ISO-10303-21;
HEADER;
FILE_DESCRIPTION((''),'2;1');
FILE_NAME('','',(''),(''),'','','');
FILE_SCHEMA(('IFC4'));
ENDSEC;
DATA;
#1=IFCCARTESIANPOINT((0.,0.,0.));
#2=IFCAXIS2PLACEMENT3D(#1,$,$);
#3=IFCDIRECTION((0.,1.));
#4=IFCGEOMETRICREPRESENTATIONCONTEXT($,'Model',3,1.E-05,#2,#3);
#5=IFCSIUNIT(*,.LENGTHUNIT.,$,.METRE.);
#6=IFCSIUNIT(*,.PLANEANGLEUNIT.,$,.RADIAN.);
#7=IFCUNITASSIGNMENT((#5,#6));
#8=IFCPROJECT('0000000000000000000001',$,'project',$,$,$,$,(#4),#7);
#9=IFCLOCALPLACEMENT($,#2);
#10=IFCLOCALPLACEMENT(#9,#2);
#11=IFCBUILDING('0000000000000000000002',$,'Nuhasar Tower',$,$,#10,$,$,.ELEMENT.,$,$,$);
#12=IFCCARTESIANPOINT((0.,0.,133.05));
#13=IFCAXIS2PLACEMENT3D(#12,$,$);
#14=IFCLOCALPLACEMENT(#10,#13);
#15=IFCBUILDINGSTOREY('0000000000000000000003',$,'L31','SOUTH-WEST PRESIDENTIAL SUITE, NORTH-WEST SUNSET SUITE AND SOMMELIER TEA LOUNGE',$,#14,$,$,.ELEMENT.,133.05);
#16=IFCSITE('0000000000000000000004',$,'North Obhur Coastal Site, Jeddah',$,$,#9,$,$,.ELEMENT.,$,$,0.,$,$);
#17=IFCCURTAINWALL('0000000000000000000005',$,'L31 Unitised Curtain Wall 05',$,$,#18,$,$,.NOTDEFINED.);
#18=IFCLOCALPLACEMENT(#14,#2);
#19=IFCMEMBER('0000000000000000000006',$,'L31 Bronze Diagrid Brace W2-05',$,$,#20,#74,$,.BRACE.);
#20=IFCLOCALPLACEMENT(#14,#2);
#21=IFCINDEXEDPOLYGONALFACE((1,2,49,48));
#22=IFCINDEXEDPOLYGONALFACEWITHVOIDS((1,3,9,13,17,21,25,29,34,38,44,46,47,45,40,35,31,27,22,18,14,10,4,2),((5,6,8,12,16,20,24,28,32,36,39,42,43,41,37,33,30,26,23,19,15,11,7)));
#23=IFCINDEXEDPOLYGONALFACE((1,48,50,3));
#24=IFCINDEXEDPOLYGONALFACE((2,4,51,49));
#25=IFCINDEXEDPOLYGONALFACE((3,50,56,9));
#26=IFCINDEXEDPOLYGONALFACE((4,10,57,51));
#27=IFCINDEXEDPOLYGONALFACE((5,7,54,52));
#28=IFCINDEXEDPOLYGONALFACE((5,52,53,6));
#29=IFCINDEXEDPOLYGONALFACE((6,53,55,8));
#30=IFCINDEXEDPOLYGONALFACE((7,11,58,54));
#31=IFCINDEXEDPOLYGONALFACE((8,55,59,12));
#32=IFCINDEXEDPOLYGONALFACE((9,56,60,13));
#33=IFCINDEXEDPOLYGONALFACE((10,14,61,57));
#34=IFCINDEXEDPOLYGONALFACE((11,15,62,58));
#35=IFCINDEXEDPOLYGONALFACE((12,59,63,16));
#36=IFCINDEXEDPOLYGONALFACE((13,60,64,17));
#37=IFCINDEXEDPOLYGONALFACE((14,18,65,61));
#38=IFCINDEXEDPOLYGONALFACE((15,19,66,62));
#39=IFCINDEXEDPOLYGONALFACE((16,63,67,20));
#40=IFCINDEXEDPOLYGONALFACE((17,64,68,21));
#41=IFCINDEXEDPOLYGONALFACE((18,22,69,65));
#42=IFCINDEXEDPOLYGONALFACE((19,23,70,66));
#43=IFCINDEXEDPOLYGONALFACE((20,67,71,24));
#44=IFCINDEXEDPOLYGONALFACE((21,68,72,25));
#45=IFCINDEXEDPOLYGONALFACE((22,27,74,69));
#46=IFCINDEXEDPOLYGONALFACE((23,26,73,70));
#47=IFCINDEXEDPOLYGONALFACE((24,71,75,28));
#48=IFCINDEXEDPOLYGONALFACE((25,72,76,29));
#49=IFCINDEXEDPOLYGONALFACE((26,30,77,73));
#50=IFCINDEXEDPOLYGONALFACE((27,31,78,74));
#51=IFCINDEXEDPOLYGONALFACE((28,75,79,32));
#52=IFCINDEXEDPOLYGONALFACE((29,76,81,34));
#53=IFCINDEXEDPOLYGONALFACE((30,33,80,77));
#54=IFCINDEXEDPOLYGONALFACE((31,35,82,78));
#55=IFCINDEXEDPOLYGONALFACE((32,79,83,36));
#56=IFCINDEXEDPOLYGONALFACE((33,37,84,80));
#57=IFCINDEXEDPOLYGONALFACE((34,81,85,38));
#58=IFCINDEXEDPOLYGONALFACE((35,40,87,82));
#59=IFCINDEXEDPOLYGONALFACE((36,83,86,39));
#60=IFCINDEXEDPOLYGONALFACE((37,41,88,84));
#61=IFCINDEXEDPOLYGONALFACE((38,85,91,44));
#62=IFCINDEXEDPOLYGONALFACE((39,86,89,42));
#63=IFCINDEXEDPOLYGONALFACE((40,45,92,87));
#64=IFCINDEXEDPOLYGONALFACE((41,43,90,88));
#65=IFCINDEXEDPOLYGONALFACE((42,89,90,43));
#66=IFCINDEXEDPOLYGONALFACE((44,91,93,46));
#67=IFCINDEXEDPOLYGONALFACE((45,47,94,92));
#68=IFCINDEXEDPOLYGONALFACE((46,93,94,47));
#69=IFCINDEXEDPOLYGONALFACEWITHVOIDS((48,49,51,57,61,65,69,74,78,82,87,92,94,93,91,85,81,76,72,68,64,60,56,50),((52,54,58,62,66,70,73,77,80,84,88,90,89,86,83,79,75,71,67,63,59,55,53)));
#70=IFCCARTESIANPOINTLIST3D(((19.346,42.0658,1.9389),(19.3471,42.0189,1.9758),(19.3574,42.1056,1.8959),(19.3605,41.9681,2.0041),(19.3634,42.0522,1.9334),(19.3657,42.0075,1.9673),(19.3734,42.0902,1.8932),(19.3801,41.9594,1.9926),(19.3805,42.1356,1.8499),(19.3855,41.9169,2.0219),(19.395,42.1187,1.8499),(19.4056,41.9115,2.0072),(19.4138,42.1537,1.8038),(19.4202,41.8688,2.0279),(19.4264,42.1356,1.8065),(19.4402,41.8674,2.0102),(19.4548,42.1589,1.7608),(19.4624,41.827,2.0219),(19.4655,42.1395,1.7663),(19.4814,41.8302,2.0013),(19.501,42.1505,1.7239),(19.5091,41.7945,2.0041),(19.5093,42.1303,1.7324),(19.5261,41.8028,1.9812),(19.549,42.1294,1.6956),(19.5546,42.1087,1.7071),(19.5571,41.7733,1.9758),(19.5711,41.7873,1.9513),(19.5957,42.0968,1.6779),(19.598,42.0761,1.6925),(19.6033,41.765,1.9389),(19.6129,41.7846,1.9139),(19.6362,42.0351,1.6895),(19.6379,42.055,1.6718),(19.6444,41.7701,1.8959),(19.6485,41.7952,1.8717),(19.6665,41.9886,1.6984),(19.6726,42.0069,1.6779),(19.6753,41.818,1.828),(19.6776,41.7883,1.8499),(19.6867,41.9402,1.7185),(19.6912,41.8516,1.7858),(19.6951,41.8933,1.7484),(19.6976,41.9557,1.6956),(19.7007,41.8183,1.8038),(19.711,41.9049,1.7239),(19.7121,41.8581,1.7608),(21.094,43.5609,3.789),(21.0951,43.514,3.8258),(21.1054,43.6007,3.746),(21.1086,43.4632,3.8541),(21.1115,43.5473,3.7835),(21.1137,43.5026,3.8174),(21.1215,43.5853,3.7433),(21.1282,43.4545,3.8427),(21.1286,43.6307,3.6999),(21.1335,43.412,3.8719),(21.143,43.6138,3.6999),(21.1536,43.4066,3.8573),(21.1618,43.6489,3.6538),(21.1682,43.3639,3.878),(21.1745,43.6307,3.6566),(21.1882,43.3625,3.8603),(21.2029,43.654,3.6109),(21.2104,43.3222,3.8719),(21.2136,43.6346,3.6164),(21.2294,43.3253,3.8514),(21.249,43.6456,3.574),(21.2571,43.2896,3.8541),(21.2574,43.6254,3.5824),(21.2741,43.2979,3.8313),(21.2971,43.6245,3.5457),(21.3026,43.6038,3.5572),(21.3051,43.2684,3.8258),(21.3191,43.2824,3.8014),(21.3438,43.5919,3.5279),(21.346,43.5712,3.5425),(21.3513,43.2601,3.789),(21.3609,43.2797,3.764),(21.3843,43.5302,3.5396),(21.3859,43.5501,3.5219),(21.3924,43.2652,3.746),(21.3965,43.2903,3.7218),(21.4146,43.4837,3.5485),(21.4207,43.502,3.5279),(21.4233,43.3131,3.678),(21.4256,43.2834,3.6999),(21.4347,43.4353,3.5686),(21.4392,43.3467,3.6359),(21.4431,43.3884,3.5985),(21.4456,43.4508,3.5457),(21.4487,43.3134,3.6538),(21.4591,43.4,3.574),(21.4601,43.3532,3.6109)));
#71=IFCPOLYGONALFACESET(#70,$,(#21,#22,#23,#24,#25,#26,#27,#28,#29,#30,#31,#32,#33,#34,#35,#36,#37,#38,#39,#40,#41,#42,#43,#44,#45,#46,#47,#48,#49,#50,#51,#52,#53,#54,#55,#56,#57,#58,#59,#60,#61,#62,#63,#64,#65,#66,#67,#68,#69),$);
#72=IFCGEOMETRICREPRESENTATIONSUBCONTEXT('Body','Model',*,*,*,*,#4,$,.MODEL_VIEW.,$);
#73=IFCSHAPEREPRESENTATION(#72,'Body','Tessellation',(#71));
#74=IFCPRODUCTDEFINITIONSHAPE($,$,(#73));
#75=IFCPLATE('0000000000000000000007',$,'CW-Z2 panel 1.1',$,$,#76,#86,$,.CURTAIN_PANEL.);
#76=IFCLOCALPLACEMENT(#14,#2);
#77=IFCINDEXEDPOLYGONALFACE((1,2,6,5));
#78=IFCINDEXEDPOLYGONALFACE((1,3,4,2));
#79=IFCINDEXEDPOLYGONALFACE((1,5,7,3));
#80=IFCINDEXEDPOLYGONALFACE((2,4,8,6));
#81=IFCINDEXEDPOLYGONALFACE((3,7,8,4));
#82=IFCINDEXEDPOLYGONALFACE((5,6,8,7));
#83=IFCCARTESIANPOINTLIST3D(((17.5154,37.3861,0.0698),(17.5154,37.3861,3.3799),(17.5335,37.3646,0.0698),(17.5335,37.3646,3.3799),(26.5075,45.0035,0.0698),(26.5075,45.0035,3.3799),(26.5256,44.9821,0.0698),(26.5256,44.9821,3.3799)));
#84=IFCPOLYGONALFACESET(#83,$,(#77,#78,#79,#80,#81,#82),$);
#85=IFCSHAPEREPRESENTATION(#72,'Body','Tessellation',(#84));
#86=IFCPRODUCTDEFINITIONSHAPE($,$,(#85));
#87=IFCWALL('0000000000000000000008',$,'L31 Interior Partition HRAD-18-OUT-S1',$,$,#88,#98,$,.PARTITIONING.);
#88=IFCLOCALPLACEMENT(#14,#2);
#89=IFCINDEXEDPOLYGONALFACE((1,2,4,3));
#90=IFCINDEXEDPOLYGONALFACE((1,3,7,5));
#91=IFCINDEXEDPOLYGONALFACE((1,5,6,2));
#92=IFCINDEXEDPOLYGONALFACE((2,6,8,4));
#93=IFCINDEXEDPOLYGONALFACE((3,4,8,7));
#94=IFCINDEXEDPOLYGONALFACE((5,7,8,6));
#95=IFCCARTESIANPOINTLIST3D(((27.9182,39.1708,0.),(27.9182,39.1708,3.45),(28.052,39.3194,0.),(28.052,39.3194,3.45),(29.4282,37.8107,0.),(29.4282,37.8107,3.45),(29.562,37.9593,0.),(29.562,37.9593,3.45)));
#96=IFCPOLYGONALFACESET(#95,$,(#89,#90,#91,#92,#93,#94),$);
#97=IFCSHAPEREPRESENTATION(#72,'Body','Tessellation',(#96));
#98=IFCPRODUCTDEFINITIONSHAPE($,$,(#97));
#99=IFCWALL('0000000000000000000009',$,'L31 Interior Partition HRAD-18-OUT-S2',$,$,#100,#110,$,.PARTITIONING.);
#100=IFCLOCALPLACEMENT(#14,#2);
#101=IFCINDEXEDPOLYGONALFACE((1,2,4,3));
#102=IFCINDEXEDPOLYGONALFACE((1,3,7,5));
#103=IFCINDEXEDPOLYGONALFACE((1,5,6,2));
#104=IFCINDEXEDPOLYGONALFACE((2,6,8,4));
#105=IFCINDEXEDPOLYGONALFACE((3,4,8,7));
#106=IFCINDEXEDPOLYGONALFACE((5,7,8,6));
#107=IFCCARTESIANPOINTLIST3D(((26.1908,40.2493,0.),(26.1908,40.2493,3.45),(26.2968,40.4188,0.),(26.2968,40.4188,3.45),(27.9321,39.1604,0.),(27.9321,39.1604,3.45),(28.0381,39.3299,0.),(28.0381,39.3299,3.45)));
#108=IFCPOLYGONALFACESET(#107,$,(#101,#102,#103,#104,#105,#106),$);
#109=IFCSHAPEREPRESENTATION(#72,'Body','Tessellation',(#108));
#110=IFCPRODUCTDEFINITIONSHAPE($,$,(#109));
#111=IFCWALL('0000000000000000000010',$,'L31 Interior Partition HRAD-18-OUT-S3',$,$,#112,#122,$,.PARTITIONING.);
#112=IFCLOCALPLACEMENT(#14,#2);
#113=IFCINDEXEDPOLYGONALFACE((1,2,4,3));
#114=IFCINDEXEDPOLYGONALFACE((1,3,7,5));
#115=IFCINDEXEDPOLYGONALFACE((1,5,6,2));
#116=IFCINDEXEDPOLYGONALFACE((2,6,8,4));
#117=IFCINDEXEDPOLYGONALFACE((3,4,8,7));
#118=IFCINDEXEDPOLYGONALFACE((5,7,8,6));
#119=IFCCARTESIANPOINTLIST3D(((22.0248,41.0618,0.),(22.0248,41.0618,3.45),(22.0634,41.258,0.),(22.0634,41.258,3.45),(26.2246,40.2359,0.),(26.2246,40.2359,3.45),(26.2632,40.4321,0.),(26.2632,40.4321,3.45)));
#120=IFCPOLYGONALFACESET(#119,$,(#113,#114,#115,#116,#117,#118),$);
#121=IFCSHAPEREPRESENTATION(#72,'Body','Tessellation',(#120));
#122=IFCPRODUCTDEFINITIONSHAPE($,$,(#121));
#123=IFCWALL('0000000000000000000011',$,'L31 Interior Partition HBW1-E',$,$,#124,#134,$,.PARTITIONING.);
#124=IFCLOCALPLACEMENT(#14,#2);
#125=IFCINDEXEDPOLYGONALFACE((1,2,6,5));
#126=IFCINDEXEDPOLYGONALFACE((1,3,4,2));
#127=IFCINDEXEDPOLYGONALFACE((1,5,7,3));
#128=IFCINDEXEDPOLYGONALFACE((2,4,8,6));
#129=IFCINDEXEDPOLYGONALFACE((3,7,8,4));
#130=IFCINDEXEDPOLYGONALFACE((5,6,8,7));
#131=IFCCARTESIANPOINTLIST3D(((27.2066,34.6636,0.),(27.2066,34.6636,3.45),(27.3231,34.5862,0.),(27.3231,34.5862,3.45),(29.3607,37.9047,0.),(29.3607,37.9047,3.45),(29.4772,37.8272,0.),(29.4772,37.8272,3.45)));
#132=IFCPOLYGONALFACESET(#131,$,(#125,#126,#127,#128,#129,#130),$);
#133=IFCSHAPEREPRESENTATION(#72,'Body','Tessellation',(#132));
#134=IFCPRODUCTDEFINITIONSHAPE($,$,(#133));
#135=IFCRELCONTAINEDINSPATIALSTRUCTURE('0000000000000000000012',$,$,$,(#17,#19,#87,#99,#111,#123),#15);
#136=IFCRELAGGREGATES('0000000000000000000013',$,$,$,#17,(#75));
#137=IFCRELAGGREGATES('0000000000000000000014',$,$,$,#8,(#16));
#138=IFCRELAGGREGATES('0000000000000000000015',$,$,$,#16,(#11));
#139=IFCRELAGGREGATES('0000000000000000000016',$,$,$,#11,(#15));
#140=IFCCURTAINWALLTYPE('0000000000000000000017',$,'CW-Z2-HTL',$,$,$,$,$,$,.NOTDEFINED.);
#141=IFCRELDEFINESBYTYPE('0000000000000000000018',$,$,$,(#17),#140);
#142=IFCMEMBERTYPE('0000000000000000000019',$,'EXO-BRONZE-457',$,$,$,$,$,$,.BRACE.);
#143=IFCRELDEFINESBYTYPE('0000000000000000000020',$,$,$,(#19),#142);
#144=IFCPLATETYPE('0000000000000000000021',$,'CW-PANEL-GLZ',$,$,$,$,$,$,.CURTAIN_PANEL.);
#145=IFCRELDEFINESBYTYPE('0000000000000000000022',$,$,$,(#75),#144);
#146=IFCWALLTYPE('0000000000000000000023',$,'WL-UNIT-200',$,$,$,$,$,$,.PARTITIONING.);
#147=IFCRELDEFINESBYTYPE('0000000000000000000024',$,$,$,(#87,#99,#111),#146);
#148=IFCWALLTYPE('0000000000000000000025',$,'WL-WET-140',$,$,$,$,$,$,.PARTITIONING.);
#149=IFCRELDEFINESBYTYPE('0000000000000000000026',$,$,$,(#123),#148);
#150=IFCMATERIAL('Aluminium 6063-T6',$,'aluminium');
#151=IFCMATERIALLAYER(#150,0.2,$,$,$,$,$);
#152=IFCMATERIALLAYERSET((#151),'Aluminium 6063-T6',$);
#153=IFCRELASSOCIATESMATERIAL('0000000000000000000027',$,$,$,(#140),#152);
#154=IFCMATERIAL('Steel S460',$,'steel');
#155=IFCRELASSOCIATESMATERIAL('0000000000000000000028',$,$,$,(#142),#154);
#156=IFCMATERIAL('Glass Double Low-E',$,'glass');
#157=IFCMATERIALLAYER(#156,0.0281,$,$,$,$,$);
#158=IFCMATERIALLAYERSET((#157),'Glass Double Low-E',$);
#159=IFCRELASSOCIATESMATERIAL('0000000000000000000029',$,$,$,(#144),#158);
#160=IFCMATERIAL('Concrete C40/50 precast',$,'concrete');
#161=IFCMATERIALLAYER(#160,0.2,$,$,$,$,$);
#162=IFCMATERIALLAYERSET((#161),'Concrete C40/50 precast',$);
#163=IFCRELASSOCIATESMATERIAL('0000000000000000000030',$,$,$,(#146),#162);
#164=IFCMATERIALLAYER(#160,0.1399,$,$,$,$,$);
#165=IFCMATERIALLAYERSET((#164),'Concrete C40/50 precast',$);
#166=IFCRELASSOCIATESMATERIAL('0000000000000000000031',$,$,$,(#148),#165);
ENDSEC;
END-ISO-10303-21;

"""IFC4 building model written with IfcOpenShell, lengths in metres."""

from ifc_helpers import new_model, si_unit, direction, frame, frame_2d, origin, origin_2d, place, context, subcontext, project, spatial, rectangle, hollow_circle, extrude, material, layer, layer_set, material_profile, profile_set, type_object, element, aggregate, save


model = new_model("IFC4")

# Units and contexts
model_context = context("Model", 3, precision=1e-05, world=origin(), true_north=direction((0.0, 1.0)))
body_context = subcontext(model_context, "Body", "Model", "MODEL_VIEW")
ifc_project = project(units=[si_unit("LENGTHUNIT", "METRE"), si_unit("PLANEANGLEUNIT", "RADIAN")], contexts=[model_context])

# Site, building, storey
site_placement = place(None, origin())
site = spatial("IfcSite", under=ifc_project, at=site_placement, Name="North Obhur Coastal Site, Jeddah", CompositionType="ELEMENT", RefElevation=0.0)
building_placement = place(site_placement, origin())
building = spatial("IfcBuilding", under=site, at=building_placement, Name="Nuhasar Tower", CompositionType="ELEMENT")
storey_placement = place(building_placement, frame((0.0, 0.0, 133.05)))
storey = spatial("IfcBuildingStorey", under=building, at=storey_placement, Name="L31", Description="SOUTH-WEST PRESIDENTIAL SUITE, NORTH-WEST SUNSET SUITE AND SOMMELIER TEA LOUNGE", CompositionType="ELEMENT", Elevation=133.05)

# Shared definitions
ifc_material_1 = material(Name="Aluminium 6063-T6", Category="aluminium")
ifc_layer_1 = layer(ifc_material_1, 0.2)
ifc_layer_set_1 = layer_set([ifc_layer_1], Name="Aluminium 6063-T6")
curtain_wall_type = type_object("IfcCurtainWallType", Name="CW-Z2-HTL", PredefinedType="NOTDEFINED", material=ifc_layer_set_1)

# Curtain wall
curtain_wall_1_placement = place(storey_placement, origin())
curtain_wall_1 = element("IfcCurtainWall", 1, at=curtain_wall_1_placement, inside=storey, type_object=curtain_wall_type, Name="L31 Unitised Curtain Wall 05", PredefinedType="NOTDEFINED")

# Member
ifc_material_2 = material(Name="Steel S460", Category="steel")
ifc_material_profile_1 = material_profile(ifc_material_2, hollow_circle(Radius=0.2285, WallThickness=0.0222, at=origin_2d()), Name="HSS457X22.2")
ifc_profile_set_1 = profile_set([ifc_material_profile_1], Name="Steel S460")
member_type_1 = type_object("IfcMemberType", Name="EXO-BRONZE-457", PredefinedType="BRACE", material=ifc_profile_set_1)
member_1_placement = place(storey_placement, frame((19.5291, 41.9619, 1.8499), z_axis=(0.59217, 0.506488, 0.626741), x_axis=(-0.649987, 0.759945, 0.0)))
element("IfcMember", 2, at=member_1_placement, inside=storey, type_object=member_type_1, Name="L31 Bronze Diagrid Brace W2-05", PredefinedType="BRACE", context=body_context, shape_type="SweptSolid", body=[
    extrude(hollow_circle(Radius=0.2285, WallThickness=0.0222, at=origin_2d()), origin(), (0.0, 0.0, 1.0), 2.9519),
])

# Plate
ifc_material_3 = material(Name="Glass Double Low-E", Category="glass")
ifc_layer_2 = layer(ifc_material_3, 0.0281)
ifc_layer_set_2 = layer_set([ifc_layer_2], Name="Glass Double Low-E")
plate_type = type_object("IfcPlateType", Name="CW-PANEL-GLZ", PredefinedType="CURTAIN_PANEL", material=ifc_layer_set_2)
plate_placement = place(storey_placement, frame((22.0205, 41.1841, 0.0698), z_axis=(0.0, 0.0, 1.0), x_axis=(-0.76302, -0.646374, 0.0)))
plate = element("IfcPlate", 3, at=plate_placement, type_object=plate_type, Name="CW-Z2 panel 1.1", PredefinedType="CURTAIN_PANEL", context=body_context, shape_type="SweptSolid", body=[
    extrude(rectangle(XDim=11.7849, YDim=0.0281, at=origin_2d()), origin(), (0.0, 0.0, 1.0), 3.3101),
])
aggregate(curtain_wall_1, [plate])

# Walls
ifc_material_4 = material(Name="Concrete C40/50 precast", Category="concrete")
ifc_layer_3 = layer(ifc_material_4, 0.2)
ifc_layer_set_3 = layer_set([ifc_layer_3], Name="Concrete C40/50 precast")
wall_type_1 = type_object("IfcWallType", Name="WL-UNIT-200", PredefinedType="PARTITIONING", material=ifc_layer_set_3)
wall_1_placement = place(storey_placement, frame((29.4951, 37.885, 0.0), z_axis=(0.0, 0.0, 1.0), x_axis=(-0.743025, 0.669263, 0.0)))
element("IfcWall", 4, at=wall_1_placement, inside=storey, type_object=wall_type_1, Name="L31 Interior Partition HRAD-18-OUT-S1", PredefinedType="PARTITIONING", context=body_context, shape_type="SweptSolid", body=[
    extrude(rectangle(XDim=2.0322, YDim=0.2, at=frame_2d((1.0161, 0.0))), origin(), (0.0, 0.0, 1.0), 3.45),
])
wall_2_placement = place(storey_placement, frame((27.9851, 39.2451, 0.0), z_axis=(0.0, 0.0, 1.0), x_axis=(-0.847865, 0.530213, 0.0)))
element("IfcWall", 5, at=wall_2_placement, inside=storey, type_object=wall_type_1, Name="L31 Interior Partition HRAD-18-OUT-S2", PredefinedType="PARTITIONING", context=body_context, shape_type="SweptSolid", body=[
    extrude(rectangle(XDim=2.0537, YDim=0.2, at=frame_2d((1.0269, 0.0))), origin(), (0.0, 0.0, 1.0), 3.45),
])
wall_3_placement = place(storey_placement, frame((26.2439, 40.334, 0.0), z_axis=(0.0, 0.0, 1.0), x_axis=(-0.981207, 0.192956, 0.0)))
element("IfcWall", 6, at=wall_3_placement, inside=storey, type_object=wall_type_1, Name="L31 Interior Partition HRAD-18-OUT-S3", PredefinedType="PARTITIONING", context=body_context, shape_type="SweptSolid", body=[
    extrude(rectangle(XDim=4.2803, YDim=0.2, at=frame_2d((2.1401, 0.0))), origin(), (0.0, 0.0, 1.0), 3.45),
])
ifc_layer_4 = layer(ifc_material_4, 0.1399)
ifc_layer_set_4 = layer_set([ifc_layer_4], Name="Concrete C40/50 precast")
wall_type_2 = type_object("IfcWallType", Name="WL-WET-140", PredefinedType="PARTITIONING", material=ifc_layer_set_4)
wall_4_placement = place(storey_placement, frame((29.4189, 37.866, 0.0), z_axis=(0.0, 0.0, 1.0), x_axis=(-0.553527, -0.832831, 0.0)))
element("IfcWall", 7, at=wall_4_placement, inside=storey, type_object=wall_type_2, Name="L31 Interior Partition HBW1-E", PredefinedType="PARTITIONING", context=body_context, shape_type="SweptSolid", body=[
    extrude(rectangle(XDim=3.8916, YDim=0.1399, at=frame_2d((1.9458, 0.0))), origin(), (0.0, 0.0, 1.0), 3.45),
])

save(model, "model.ifc")
